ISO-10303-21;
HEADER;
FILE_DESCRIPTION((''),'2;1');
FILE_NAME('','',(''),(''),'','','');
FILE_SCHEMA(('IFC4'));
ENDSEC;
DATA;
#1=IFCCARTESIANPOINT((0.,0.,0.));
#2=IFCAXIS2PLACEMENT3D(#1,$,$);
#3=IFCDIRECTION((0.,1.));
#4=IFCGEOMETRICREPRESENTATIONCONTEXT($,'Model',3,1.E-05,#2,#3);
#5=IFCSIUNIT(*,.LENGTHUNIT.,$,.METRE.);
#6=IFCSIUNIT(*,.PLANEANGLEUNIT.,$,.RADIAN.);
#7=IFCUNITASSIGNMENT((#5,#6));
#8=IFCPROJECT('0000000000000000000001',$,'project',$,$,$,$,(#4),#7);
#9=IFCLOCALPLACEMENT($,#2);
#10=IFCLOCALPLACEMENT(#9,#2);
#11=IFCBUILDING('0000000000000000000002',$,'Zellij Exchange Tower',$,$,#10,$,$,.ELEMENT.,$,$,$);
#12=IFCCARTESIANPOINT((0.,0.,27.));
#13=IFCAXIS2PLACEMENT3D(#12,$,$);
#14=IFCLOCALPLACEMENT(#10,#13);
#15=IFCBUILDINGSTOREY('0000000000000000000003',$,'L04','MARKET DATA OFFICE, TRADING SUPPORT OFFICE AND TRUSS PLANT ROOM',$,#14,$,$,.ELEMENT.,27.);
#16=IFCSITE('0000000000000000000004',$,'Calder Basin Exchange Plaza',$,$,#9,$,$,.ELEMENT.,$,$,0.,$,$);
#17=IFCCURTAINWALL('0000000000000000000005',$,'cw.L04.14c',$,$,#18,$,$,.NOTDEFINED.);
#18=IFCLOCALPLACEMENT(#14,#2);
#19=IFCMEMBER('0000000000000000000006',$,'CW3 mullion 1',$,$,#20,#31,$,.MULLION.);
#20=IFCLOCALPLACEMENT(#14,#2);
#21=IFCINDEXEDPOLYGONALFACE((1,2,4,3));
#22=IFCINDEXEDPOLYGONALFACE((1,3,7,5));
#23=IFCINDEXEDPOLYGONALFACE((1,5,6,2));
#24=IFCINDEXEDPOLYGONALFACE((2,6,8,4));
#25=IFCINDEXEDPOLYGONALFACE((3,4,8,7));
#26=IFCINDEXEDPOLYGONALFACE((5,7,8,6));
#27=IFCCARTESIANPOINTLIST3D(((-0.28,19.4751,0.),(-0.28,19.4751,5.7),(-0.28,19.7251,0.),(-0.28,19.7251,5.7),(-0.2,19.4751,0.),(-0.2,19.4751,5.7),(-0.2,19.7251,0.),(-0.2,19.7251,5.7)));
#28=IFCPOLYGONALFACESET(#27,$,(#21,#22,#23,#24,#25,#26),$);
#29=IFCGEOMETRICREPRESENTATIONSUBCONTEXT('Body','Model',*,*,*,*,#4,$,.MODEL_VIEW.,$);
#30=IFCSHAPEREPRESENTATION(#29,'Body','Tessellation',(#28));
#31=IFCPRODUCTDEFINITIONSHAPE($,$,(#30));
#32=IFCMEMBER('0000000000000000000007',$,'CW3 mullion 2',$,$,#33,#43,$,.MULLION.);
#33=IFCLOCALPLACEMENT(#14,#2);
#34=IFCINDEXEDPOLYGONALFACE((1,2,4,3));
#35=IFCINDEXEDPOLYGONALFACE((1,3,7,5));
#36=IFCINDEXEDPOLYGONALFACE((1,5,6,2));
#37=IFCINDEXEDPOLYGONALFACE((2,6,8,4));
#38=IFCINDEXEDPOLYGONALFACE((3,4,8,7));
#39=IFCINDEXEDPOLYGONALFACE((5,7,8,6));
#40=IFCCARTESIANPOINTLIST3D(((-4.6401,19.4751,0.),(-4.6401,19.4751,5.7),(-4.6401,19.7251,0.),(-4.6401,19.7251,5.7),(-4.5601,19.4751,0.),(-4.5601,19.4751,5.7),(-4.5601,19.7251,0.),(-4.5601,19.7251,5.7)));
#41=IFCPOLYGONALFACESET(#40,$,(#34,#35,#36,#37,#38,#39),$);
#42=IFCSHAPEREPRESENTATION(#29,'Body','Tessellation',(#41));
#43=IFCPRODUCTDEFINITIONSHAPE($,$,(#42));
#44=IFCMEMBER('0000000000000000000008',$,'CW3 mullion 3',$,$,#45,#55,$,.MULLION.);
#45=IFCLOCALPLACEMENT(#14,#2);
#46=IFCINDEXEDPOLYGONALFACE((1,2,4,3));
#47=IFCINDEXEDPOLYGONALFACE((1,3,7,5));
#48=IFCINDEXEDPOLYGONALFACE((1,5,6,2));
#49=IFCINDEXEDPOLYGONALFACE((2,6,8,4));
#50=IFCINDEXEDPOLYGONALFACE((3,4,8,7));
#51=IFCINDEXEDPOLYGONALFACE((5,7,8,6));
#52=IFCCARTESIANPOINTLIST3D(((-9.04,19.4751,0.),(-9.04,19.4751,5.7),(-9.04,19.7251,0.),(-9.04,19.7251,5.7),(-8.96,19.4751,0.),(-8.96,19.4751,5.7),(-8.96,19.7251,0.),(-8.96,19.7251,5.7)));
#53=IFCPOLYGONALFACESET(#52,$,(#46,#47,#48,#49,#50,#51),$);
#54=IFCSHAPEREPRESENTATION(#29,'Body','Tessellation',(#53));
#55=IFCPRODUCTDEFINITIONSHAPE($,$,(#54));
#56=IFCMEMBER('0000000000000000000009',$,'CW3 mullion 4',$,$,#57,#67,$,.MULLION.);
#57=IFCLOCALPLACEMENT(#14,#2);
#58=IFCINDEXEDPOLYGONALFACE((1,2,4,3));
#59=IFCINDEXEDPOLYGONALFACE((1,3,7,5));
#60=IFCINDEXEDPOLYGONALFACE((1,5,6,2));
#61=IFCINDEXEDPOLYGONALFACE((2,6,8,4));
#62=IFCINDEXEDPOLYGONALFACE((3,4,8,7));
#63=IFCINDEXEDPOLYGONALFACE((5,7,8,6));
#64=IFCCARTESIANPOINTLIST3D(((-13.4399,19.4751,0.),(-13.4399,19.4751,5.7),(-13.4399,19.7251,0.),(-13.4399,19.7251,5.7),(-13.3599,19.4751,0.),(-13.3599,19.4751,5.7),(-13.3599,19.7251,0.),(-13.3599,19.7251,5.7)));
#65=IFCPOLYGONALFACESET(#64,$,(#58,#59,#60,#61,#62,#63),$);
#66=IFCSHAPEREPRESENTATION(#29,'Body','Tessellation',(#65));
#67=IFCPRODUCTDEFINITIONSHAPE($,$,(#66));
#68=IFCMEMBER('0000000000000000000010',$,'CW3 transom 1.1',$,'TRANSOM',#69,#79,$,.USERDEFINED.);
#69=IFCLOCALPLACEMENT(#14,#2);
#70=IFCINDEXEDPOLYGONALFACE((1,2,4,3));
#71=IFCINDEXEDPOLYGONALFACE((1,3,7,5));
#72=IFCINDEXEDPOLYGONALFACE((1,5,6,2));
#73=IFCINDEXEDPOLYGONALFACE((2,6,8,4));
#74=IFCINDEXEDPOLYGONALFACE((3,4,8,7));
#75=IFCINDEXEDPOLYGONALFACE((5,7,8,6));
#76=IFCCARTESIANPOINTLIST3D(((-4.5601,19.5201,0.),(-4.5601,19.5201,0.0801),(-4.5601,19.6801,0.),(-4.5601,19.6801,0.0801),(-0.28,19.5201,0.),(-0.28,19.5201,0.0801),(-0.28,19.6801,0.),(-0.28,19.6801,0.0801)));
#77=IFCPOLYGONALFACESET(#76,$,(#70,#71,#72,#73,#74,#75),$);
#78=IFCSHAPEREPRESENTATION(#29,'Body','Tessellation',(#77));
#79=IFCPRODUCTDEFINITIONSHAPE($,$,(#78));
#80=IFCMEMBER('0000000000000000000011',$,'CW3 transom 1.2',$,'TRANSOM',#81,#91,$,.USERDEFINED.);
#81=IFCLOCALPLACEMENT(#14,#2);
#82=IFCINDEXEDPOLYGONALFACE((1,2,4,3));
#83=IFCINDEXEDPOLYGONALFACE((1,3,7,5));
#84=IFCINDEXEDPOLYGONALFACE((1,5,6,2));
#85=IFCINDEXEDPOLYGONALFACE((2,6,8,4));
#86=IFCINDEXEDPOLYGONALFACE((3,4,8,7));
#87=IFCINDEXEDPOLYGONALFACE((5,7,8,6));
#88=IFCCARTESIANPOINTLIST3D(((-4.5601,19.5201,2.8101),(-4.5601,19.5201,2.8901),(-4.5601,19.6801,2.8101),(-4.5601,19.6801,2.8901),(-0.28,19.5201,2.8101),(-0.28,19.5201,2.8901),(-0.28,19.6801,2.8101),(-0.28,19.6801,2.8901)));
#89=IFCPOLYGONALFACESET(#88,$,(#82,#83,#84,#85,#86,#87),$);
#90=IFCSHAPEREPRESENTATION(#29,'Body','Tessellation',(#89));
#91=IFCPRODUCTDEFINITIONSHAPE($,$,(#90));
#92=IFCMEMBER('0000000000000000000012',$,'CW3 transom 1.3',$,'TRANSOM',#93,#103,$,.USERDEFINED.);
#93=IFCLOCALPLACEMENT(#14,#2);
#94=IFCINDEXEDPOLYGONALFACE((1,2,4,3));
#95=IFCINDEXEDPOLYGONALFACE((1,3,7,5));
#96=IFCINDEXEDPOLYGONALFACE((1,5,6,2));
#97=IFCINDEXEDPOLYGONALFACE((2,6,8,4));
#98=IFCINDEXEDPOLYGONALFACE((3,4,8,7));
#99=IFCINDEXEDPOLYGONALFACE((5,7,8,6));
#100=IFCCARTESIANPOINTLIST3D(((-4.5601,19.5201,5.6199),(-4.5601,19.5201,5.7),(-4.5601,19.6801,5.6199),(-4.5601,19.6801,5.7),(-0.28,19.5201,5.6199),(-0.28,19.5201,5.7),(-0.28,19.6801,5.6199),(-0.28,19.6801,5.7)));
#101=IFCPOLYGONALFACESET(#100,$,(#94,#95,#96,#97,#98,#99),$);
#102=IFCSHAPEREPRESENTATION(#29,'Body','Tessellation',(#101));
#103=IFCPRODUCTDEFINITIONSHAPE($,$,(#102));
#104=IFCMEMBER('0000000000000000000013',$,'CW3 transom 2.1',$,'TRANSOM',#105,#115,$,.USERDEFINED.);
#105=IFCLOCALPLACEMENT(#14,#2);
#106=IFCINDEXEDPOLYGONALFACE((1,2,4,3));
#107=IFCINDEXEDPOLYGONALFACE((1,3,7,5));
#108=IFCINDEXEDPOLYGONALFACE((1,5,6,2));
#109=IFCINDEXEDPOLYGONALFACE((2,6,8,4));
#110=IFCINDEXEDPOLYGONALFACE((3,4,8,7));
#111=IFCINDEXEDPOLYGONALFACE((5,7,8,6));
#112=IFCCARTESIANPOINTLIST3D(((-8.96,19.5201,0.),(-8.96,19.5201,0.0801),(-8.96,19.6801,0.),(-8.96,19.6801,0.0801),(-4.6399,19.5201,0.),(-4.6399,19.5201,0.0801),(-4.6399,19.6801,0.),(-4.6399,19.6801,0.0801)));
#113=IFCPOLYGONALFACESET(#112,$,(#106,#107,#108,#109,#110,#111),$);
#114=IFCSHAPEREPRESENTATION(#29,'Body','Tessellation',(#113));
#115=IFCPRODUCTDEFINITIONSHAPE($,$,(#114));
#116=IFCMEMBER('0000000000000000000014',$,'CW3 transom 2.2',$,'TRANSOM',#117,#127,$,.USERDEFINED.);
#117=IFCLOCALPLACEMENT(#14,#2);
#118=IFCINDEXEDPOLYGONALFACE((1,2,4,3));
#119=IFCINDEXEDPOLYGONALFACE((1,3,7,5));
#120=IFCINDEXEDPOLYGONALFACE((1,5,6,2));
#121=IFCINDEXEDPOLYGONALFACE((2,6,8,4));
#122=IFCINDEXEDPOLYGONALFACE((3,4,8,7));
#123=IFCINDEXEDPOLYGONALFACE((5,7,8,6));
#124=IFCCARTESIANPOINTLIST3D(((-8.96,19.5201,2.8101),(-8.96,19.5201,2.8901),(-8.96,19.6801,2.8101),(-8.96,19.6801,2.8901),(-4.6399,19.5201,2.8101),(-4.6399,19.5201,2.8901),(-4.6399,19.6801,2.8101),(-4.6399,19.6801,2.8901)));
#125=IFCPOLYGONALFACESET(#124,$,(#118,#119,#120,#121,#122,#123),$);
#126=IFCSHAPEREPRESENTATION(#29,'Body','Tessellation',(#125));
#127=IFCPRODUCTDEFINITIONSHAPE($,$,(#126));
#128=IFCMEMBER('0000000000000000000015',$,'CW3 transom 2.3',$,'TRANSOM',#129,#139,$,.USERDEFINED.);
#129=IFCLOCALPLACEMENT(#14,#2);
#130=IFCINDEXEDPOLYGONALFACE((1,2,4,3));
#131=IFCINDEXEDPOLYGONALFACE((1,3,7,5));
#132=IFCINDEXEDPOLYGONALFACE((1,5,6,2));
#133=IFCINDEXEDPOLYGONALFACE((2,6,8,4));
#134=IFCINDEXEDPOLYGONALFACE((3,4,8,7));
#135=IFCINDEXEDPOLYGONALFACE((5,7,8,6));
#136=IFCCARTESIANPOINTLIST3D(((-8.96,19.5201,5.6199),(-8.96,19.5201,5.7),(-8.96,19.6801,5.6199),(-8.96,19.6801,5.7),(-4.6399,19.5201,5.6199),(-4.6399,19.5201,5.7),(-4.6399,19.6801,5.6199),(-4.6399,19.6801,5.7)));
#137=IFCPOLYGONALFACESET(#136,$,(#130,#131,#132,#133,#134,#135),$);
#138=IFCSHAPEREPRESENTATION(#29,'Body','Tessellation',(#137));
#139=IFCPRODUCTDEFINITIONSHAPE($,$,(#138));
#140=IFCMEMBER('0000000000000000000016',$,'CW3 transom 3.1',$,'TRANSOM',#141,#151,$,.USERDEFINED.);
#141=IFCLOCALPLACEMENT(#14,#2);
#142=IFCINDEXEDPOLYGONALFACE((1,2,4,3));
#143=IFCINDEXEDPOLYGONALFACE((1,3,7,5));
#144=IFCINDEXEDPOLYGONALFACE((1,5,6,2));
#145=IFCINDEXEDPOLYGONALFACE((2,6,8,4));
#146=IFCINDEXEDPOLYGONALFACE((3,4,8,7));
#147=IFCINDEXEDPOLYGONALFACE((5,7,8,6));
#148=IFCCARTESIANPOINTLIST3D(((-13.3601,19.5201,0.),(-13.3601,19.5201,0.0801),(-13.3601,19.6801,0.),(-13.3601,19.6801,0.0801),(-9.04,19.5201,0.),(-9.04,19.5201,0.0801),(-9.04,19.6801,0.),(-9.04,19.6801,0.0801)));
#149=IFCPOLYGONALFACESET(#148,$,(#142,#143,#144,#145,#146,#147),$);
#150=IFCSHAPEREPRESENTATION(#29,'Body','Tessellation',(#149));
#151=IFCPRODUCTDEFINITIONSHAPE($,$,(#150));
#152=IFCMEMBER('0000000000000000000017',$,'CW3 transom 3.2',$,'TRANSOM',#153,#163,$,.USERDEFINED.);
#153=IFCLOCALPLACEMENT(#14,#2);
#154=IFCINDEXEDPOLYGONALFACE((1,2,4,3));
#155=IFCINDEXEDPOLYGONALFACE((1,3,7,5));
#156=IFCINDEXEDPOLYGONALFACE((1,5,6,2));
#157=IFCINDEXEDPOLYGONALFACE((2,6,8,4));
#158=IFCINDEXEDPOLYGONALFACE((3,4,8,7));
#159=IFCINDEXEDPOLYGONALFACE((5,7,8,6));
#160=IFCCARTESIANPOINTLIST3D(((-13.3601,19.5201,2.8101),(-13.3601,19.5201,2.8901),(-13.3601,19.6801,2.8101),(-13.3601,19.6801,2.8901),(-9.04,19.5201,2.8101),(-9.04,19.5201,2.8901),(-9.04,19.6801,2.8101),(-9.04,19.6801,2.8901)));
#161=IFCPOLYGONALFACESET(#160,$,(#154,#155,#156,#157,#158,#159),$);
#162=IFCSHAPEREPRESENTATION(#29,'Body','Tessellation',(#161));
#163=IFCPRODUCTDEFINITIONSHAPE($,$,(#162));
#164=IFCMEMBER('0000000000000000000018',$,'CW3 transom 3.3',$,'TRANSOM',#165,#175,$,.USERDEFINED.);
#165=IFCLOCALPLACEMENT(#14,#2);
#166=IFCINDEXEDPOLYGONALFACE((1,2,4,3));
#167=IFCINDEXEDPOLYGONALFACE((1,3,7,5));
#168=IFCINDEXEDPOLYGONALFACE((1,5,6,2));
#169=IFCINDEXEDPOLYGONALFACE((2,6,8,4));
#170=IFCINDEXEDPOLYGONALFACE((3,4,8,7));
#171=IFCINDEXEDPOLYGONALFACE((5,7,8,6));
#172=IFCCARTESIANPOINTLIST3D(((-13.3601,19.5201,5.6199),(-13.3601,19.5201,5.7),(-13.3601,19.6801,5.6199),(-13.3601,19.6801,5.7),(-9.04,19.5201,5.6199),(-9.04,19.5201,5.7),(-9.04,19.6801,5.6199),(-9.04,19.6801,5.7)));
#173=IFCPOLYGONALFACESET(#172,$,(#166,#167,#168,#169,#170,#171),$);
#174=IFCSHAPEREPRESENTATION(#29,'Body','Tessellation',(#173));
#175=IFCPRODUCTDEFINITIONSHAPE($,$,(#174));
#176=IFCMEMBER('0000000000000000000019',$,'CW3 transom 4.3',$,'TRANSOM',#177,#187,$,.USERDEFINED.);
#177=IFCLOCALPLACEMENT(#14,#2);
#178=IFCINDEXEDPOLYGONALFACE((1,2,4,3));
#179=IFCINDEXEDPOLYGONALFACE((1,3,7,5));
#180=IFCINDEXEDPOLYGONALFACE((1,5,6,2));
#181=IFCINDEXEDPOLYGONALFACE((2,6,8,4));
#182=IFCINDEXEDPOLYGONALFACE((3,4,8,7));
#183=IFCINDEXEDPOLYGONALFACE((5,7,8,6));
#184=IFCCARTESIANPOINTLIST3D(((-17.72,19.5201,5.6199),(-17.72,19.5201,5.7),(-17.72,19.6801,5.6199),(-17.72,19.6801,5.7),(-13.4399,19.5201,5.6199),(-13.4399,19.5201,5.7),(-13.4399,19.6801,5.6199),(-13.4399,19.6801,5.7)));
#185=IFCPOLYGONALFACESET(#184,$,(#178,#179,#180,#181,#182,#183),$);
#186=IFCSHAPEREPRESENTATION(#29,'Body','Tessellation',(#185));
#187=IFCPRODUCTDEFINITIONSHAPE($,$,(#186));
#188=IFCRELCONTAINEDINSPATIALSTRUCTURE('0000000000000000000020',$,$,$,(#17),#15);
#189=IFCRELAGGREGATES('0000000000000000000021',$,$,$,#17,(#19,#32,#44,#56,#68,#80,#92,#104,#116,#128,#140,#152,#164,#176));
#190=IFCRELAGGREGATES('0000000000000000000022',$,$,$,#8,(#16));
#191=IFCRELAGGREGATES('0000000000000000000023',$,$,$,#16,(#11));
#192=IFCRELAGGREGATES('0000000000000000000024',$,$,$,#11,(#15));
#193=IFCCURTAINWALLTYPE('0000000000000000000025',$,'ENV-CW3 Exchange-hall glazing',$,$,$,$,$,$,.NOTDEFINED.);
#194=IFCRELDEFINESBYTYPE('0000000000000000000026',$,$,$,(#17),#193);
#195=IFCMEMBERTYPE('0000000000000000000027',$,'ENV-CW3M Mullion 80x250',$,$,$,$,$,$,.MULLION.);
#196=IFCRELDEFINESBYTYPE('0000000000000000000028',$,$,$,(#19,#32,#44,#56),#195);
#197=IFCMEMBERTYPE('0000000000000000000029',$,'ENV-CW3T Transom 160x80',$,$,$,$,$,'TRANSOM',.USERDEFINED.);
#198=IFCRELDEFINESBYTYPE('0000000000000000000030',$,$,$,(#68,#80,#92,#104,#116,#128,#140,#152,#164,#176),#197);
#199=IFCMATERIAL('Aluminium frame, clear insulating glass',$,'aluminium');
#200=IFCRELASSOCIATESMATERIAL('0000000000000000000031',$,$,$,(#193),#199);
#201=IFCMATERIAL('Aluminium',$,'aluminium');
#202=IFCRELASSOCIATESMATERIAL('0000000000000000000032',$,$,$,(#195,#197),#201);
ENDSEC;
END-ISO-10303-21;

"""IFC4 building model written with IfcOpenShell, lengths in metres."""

from ifc_helpers import new_model, si_unit, direction, frame, origin, origin_2d, place, context, subcontext, project, spatial, rectangle, extrude, material, material_profile, profile_set, type_object, element, aggregate, save


model = new_model("IFC4")

# Units and contexts
model_context = context("Model", 3, precision=1e-05, world=origin(), true_north=direction((0.0, 1.0)))
body_context = subcontext(model_context, "Body", "Model", "MODEL_VIEW")
ifc_project = project(units=[si_unit("LENGTHUNIT", "METRE"), si_unit("PLANEANGLEUNIT", "RADIAN")], contexts=[model_context])

# Site, building, storey
site_placement = place(None, origin())
site = spatial("IfcSite", under=ifc_project, at=site_placement, Name="Calder Basin Exchange Plaza", CompositionType="ELEMENT", RefElevation=0.0)
building_placement = place(site_placement, origin())
building = spatial("IfcBuilding", under=site, at=building_placement, Name="Zellij Exchange Tower", CompositionType="ELEMENT")
storey_placement = place(building_placement, frame((0.0, 0.0, 27.0)))
storey = spatial("IfcBuildingStorey", under=building, at=storey_placement, Name="L04", Description="MARKET DATA OFFICE, TRADING SUPPORT OFFICE AND TRUSS PLANT ROOM", CompositionType="ELEMENT", Elevation=27.0)

# Curtain wall, members
ifc_material_1 = material(Name="Aluminium frame, clear insulating glass", Category="aluminium")
curtain_wall_type = type_object("IfcCurtainWallType", Name="ENV-CW3 Exchange-hall glazing", PredefinedType="NOTDEFINED", material=ifc_material_1)
curtain_wall_placement = place(storey_placement, origin())
curtain_wall = element("IfcCurtainWall", 1, at=curtain_wall_placement, inside=storey, type_object=curtain_wall_type, Name="cw.L04.14c", PredefinedType="NOTDEFINED")
ifc_material_2 = material(Name="Aluminium", Category="aluminium")
ifc_material_profile_1 = material_profile(ifc_material_2, rectangle(XDim=0.0801, YDim=0.25, at=origin_2d()), Name="AL 80x250")
ifc_profile_set_1 = profile_set([ifc_material_profile_1], Name="Aluminium")
member_type_1 = type_object("IfcMemberType", Name="ENV-CW3M Mullion 80x250", PredefinedType="MULLION", material=ifc_profile_set_1)
member_1_placement = place(storey_placement, frame((-0.24, 19.6001, 0.0), z_axis=(0.0, 0.0, 1.0), x_axis=(-1.0, 0.0, 0.0)))
member_1 = element("IfcMember", 2, at=member_1_placement, type_object=member_type_1, Name="CW3 mullion 1", PredefinedType="MULLION", context=body_context, shape_type="SweptSolid", body=[
    extrude(rectangle(XDim=0.0801, YDim=0.25, at=origin_2d()), origin(), (0.0, 0.0, 1.0), 5.7),
])
member_2_placement = place(storey_placement, frame((-4.6001, 19.6001, 0.0), z_axis=(0.0, 0.0, 1.0), x_axis=(-1.0, 0.0, 0.0)))
member_2 = element("IfcMember", 3, at=member_2_placement, type_object=member_type_1, Name="CW3 mullion 2", PredefinedType="MULLION", context=body_context, shape_type="SweptSolid", body=[
    extrude(rectangle(XDim=0.0801, YDim=0.25, at=origin_2d()), origin(), (0.0, 0.0, 1.0), 5.7),
])
member_3_placement = place(storey_placement, frame((-9.0, 19.6001, 0.0), z_axis=(0.0, 0.0, 1.0), x_axis=(-1.0, 0.0, 0.0)))
member_3 = element("IfcMember", 4, at=member_3_placement, type_object=member_type_1, Name="CW3 mullion 3", PredefinedType="MULLION", context=body_context, shape_type="SweptSolid", body=[
    extrude(rectangle(XDim=0.0801, YDim=0.25, at=origin_2d()), origin(), (0.0, 0.0, 1.0), 5.7),
])
member_4_placement = place(storey_placement, frame((-13.3999, 19.6001, 0.0), z_axis=(0.0, 0.0, 1.0), x_axis=(-1.0, 0.0, 0.0)))
member_4 = element("IfcMember", 5, at=member_4_placement, type_object=member_type_1, Name="CW3 mullion 4", PredefinedType="MULLION", context=body_context, shape_type="SweptSolid", body=[
    extrude(rectangle(XDim=0.0801, YDim=0.25, at=origin_2d()), origin(), (0.0, 0.0, 1.0), 5.7),
])
ifc_material_profile_2 = material_profile(ifc_material_2, rectangle(XDim=0.1599, YDim=0.0801, at=origin_2d()), Name="AL 160x80")
ifc_profile_set_2 = profile_set([ifc_material_profile_2], Name="Aluminium")
member_type_2 = type_object("IfcMemberType", Name="ENV-CW3T Transom 160x80", ElementType="TRANSOM", PredefinedType="USERDEFINED", material=ifc_profile_set_2)
member_5_placement = place(storey_placement, frame((-0.28, 19.6001, 0.04), z_axis=(-1.0, 0.0, 0.0), x_axis=(0.0, -1.0, 0.0)))
member_5 = element("IfcMember", 6, at=member_5_placement, type_object=member_type_2, Name="CW3 transom 1.1", ObjectType="TRANSOM", PredefinedType="USERDEFINED", context=body_context, shape_type="SweptSolid", body=[
    extrude(rectangle(XDim=0.1599, YDim=0.0801, at=origin_2d()), origin(), (0.0, 0.0, 1.0), 4.28),
])
member_6_placement = place(storey_placement, frame((-0.28, 19.6001, 2.8501), z_axis=(-1.0, 0.0, 0.0), x_axis=(0.0, -1.0, 0.0)))
member_6 = element("IfcMember", 7, at=member_6_placement, type_object=member_type_2, Name="CW3 transom 1.2", ObjectType="TRANSOM", PredefinedType="USERDEFINED", context=body_context, shape_type="SweptSolid", body=[
    extrude(rectangle(XDim=0.1599, YDim=0.0801, at=origin_2d()), origin(), (0.0, 0.0, 1.0), 4.28),
])
member_7_placement = place(storey_placement, frame((-0.28, 19.6001, 5.6599), z_axis=(-1.0, 0.0, 0.0), x_axis=(0.0, -1.0, 0.0)))
member_7 = element("IfcMember", 8, at=member_7_placement, type_object=member_type_2, Name="CW3 transom 1.3", ObjectType="TRANSOM", PredefinedType="USERDEFINED", context=body_context, shape_type="SweptSolid", body=[
    extrude(rectangle(XDim=0.1599, YDim=0.0801, at=origin_2d()), origin(), (0.0, 0.0, 1.0), 4.28),
])
member_8_placement = place(storey_placement, frame((-4.6399, 19.6001, 0.04), z_axis=(-1.0, 0.0, 0.0), x_axis=(0.0, -1.0, 0.0)))
member_8 = element("IfcMember", 9, at=member_8_placement, type_object=member_type_2, Name="CW3 transom 2.1", ObjectType="TRANSOM", PredefinedType="USERDEFINED", context=body_context, shape_type="SweptSolid", body=[
    extrude(rectangle(XDim=0.1599, YDim=0.0801, at=origin_2d()), origin(), (0.0, 0.0, 1.0), 4.3201),
])
member_9_placement = place(storey_placement, frame((-4.6399, 19.6001, 2.8501), z_axis=(-1.0, 0.0, 0.0), x_axis=(0.0, -1.0, 0.0)))
member_9 = element("IfcMember", 10, at=member_9_placement, type_object=member_type_2, Name="CW3 transom 2.2", ObjectType="TRANSOM", PredefinedType="USERDEFINED", context=body_context, shape_type="SweptSolid", body=[
    extrude(rectangle(XDim=0.1599, YDim=0.0801, at=origin_2d()), origin(), (0.0, 0.0, 1.0), 4.3201),
])
member_10_placement = place(storey_placement, frame((-4.6399, 19.6001, 5.6599), z_axis=(-1.0, 0.0, 0.0), x_axis=(0.0, -1.0, 0.0)))
member_10 = element("IfcMember", 11, at=member_10_placement, type_object=member_type_2, Name="CW3 transom 2.3", ObjectType="TRANSOM", PredefinedType="USERDEFINED", context=body_context, shape_type="SweptSolid", body=[
    extrude(rectangle(XDim=0.1599, YDim=0.0801, at=origin_2d()), origin(), (0.0, 0.0, 1.0), 4.3201),
])
member_11_placement = place(storey_placement, frame((-9.04, 19.6001, 0.04), z_axis=(-1.0, 0.0, 0.0), x_axis=(0.0, -1.0, 0.0)))
member_11 = element("IfcMember", 12, at=member_11_placement, type_object=member_type_2, Name="CW3 transom 3.1", ObjectType="TRANSOM", PredefinedType="USERDEFINED", context=body_context, shape_type="SweptSolid", body=[
    extrude(rectangle(XDim=0.1599, YDim=0.0801, at=origin_2d()), origin(), (0.0, 0.0, 1.0), 4.3201),
])
member_12_placement = place(storey_placement, frame((-9.04, 19.6001, 2.8501), z_axis=(-1.0, 0.0, 0.0), x_axis=(0.0, -1.0, 0.0)))
member_12 = element("IfcMember", 13, at=member_12_placement, type_object=member_type_2, Name="CW3 transom 3.2", ObjectType="TRANSOM", PredefinedType="USERDEFINED", context=body_context, shape_type="SweptSolid", body=[
    extrude(rectangle(XDim=0.1599, YDim=0.0801, at=origin_2d()), origin(), (0.0, 0.0, 1.0), 4.3201),
])
member_13_placement = place(storey_placement, frame((-9.04, 19.6001, 5.6599), z_axis=(-1.0, 0.0, 0.0), x_axis=(0.0, -1.0, 0.0)))
member_13 = element("IfcMember", 14, at=member_13_placement, type_object=member_type_2, Name="CW3 transom 3.3", ObjectType="TRANSOM", PredefinedType="USERDEFINED", context=body_context, shape_type="SweptSolid", body=[
    extrude(rectangle(XDim=0.1599, YDim=0.0801, at=origin_2d()), origin(), (0.0, 0.0, 1.0), 4.3201),
])
member_14_placement = place(storey_placement, frame((-13.4399, 19.6001, 5.6599), z_axis=(-1.0, 0.0, 0.0), x_axis=(0.0, -1.0, 0.0)))
member_14 = element("IfcMember", 15, at=member_14_placement, type_object=member_type_2, Name="CW3 transom 4.3", ObjectType="TRANSOM", PredefinedType="USERDEFINED", context=body_context, shape_type="SweptSolid", body=[
    extrude(rectangle(XDim=0.1599, YDim=0.0801, at=origin_2d()), origin(), (0.0, 0.0, 1.0), 4.28),
])

aggregate(curtain_wall, [member_1, member_2, member_3, member_4, member_5, member_6, member_7, member_8, member_9, member_10, member_11, member_12, member_13, member_14])

save(model, "model.ifc")
